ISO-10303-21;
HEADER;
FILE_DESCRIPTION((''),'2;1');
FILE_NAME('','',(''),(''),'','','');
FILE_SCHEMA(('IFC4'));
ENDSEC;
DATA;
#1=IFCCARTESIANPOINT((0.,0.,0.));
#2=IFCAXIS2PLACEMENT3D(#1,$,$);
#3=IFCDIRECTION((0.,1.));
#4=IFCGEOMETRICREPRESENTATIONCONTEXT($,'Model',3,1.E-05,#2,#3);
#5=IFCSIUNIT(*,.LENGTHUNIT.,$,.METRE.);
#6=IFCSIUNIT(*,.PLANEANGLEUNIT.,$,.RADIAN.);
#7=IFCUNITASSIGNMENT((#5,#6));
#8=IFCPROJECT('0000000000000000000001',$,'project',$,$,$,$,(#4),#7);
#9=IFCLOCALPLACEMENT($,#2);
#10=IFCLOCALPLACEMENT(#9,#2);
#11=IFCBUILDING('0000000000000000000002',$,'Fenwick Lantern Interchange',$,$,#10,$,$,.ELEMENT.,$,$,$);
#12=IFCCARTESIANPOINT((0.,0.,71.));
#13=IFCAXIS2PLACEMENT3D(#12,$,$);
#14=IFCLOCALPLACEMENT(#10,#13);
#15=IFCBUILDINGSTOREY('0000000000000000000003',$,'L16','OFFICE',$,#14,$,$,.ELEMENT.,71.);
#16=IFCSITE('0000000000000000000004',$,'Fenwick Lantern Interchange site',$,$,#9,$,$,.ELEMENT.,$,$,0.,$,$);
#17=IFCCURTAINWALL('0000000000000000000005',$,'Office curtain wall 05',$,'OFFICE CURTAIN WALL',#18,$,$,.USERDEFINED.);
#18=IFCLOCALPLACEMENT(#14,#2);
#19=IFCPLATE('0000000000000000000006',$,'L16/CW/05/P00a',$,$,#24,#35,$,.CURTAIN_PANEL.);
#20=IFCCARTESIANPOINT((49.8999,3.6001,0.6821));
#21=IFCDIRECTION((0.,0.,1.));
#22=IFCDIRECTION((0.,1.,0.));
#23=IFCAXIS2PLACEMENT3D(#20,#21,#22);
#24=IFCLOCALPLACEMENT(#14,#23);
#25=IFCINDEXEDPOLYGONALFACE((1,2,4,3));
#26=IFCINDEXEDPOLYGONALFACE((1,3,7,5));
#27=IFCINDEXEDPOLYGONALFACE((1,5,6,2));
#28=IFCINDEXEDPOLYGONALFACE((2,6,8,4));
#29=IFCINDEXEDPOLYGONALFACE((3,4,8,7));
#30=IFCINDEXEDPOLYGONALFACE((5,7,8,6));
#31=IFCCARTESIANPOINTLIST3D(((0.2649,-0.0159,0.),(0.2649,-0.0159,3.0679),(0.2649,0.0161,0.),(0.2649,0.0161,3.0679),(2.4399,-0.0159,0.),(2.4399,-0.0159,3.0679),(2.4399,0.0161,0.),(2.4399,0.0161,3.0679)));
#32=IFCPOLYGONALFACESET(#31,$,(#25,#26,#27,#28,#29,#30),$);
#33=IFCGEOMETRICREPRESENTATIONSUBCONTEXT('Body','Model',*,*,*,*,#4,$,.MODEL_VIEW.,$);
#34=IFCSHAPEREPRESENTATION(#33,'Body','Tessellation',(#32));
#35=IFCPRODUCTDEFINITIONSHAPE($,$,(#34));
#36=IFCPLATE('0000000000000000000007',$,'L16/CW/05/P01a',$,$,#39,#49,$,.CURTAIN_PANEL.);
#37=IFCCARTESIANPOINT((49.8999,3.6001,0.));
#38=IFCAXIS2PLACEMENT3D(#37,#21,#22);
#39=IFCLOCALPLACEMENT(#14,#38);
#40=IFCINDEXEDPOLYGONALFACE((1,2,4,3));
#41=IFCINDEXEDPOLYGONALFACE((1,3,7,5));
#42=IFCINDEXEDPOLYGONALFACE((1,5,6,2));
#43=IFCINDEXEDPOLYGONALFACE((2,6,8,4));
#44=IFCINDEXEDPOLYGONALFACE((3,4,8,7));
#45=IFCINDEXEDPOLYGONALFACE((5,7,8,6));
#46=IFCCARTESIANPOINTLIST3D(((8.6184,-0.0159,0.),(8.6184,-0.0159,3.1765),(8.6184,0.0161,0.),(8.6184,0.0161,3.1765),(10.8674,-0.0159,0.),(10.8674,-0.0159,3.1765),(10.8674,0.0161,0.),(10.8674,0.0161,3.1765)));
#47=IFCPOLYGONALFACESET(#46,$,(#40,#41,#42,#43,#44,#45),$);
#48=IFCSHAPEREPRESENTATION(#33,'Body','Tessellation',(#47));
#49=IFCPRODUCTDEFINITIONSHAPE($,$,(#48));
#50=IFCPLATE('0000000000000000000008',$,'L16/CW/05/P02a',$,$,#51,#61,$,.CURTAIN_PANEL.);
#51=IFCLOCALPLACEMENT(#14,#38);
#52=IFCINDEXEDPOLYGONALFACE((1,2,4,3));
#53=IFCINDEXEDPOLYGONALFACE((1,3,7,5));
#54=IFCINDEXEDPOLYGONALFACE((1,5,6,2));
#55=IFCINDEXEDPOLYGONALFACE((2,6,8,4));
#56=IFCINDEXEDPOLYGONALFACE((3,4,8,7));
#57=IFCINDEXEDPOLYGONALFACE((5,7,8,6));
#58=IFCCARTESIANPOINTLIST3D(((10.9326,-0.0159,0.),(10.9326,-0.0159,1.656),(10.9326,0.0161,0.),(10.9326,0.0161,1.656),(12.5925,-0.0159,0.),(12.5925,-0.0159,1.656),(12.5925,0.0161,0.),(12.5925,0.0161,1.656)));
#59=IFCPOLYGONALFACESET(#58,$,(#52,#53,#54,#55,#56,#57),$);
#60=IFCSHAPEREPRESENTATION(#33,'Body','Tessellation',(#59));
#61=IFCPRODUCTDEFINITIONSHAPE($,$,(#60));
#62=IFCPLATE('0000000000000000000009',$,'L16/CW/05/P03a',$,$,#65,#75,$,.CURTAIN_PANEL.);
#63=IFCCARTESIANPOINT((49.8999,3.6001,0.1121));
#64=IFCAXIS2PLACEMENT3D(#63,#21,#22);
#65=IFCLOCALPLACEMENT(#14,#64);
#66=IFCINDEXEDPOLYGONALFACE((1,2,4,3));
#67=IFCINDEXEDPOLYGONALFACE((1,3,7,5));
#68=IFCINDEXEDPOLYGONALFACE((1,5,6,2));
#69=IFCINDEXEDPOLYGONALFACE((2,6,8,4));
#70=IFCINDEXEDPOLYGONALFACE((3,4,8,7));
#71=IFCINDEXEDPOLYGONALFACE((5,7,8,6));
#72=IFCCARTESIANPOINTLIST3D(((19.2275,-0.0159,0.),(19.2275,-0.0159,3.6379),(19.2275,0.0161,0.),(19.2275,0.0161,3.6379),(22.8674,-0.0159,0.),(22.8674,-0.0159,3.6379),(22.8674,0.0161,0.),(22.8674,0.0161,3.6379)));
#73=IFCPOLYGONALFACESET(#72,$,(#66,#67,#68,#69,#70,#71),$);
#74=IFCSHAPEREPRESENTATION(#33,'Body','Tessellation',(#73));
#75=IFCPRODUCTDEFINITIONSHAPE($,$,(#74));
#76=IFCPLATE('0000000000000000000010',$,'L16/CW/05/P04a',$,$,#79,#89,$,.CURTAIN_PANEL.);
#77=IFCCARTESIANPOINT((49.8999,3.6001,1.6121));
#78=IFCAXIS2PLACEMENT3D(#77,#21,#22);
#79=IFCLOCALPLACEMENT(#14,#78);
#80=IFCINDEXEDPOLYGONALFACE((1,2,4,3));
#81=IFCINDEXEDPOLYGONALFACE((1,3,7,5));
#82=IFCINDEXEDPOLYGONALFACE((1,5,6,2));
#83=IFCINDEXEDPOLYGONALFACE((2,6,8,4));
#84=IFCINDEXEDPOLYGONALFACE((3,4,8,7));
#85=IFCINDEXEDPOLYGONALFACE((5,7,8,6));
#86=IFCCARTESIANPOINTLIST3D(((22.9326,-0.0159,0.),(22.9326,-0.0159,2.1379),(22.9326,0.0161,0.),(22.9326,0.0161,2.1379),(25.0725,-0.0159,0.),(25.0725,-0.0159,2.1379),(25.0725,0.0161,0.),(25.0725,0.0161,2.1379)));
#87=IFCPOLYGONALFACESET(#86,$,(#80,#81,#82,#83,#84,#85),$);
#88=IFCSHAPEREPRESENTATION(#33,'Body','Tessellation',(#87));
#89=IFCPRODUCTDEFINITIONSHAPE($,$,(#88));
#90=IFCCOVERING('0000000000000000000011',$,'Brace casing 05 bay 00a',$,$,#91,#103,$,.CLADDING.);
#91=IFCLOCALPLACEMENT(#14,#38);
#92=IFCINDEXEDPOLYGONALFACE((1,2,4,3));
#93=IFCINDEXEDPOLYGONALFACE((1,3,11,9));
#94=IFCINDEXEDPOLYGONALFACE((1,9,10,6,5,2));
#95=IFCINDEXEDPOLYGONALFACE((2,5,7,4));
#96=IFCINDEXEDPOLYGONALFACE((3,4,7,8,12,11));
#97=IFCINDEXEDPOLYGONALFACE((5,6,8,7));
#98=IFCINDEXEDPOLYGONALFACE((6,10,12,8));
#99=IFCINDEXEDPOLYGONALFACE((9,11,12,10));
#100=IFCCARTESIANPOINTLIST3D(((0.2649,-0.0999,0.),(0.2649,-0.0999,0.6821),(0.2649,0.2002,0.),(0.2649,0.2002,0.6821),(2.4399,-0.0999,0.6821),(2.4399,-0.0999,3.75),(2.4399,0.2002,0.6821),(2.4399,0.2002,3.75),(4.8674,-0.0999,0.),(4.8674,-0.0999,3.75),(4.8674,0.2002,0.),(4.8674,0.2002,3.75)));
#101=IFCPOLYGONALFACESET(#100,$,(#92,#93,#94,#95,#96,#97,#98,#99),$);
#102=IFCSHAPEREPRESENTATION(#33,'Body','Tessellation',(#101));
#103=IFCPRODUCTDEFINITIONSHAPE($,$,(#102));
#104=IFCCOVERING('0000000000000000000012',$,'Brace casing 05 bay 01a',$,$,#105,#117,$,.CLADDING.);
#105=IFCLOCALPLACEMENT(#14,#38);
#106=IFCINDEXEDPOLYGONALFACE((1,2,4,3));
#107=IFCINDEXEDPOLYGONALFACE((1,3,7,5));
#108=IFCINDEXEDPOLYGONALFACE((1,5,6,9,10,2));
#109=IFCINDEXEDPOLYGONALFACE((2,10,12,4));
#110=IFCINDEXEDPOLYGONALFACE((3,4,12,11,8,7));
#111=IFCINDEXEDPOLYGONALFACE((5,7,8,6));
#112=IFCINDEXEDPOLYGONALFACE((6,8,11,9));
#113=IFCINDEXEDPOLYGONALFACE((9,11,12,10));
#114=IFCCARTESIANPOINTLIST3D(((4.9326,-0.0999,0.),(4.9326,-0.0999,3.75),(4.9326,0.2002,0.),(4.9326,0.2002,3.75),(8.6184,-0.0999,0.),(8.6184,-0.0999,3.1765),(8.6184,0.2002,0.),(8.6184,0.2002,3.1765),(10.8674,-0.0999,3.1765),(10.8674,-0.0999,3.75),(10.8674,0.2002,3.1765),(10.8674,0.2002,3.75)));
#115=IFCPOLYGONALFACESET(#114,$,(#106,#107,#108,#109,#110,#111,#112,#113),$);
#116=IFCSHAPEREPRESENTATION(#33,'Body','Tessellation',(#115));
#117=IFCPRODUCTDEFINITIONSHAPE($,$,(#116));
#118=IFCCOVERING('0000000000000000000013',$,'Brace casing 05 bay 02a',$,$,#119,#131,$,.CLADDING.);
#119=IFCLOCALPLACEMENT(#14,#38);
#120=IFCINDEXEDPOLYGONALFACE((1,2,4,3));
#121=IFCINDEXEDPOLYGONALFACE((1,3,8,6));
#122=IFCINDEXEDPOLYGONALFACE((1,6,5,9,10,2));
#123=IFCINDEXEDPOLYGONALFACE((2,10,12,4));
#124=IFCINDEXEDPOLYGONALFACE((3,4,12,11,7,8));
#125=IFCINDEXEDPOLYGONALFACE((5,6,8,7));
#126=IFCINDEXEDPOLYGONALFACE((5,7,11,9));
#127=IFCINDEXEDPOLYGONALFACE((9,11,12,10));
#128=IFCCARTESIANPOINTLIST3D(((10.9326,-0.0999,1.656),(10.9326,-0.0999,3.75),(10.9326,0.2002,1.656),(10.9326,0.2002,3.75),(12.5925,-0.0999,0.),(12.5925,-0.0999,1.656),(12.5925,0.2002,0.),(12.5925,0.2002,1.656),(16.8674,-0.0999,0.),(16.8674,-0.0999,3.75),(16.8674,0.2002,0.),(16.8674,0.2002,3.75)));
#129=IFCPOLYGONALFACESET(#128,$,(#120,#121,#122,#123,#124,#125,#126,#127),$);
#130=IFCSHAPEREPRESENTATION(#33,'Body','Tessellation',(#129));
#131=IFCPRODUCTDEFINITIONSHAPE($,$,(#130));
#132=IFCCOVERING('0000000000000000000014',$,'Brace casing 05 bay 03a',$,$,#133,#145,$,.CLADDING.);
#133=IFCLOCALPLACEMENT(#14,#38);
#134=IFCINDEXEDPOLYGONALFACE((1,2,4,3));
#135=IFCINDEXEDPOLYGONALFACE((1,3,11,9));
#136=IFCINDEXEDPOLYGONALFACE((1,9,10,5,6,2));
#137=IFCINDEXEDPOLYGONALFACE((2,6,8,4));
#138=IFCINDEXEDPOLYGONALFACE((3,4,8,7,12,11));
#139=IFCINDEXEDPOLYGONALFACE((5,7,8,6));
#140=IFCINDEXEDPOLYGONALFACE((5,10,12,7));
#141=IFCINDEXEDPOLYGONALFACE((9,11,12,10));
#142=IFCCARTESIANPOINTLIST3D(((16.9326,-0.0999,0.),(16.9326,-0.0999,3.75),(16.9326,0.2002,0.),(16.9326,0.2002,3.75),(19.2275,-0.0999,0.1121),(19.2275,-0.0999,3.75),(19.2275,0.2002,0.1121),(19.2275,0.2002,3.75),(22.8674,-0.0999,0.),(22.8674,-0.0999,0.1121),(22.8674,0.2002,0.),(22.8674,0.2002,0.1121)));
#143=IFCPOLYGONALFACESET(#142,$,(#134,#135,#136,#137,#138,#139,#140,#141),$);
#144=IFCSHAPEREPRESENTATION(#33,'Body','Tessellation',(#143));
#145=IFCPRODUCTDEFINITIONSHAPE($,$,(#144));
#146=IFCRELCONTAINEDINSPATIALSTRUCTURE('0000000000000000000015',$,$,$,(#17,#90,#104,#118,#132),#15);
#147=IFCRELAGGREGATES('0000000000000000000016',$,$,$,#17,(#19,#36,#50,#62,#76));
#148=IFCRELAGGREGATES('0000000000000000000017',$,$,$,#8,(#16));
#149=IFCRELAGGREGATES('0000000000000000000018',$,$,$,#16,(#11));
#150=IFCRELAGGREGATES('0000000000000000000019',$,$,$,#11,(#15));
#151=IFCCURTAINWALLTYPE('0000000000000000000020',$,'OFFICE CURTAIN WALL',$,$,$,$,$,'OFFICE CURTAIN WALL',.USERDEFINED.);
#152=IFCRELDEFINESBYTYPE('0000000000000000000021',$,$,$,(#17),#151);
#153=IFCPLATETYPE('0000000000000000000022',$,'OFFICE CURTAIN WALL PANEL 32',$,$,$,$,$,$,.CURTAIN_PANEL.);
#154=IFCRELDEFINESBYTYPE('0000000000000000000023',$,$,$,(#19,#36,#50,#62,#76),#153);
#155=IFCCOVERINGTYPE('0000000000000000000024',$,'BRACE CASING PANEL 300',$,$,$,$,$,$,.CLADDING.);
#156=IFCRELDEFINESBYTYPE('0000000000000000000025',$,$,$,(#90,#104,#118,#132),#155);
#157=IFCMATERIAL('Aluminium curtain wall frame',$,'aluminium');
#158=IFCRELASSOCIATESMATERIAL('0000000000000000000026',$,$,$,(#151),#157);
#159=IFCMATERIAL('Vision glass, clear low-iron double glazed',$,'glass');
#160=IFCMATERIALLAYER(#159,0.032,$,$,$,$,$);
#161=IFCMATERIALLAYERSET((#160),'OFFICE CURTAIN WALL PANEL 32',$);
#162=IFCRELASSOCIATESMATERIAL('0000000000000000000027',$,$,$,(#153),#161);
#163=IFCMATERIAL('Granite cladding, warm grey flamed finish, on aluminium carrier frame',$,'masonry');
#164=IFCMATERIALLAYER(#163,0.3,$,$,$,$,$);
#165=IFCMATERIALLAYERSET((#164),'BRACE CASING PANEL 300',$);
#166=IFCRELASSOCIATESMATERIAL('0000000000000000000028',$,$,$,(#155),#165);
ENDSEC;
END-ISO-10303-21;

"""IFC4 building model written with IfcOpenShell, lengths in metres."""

from ifc_helpers import new_model, si_unit, direction, frame, origin, place, context, subcontext, project, spatial, polyline, outline, extrude, material, layer, layer_set, type_object, element, aggregate, save


model = new_model("IFC4")

# Units and contexts
model_context = context("Model", 3, precision=1e-05, world=origin(), true_north=direction((0.0, 1.0)))
body_context = subcontext(model_context, "Body", "Model", "MODEL_VIEW")
ifc_project = project(units=[si_unit("LENGTHUNIT", "METRE"), si_unit("PLANEANGLEUNIT", "RADIAN")], contexts=[model_context])

# Site, building, storey
site_placement = place(None, origin())
site = spatial("IfcSite", under=ifc_project, at=site_placement, Name="Fenwick Lantern Interchange site", CompositionType="ELEMENT", RefElevation=0.0)
building_placement = place(site_placement, origin())
building = spatial("IfcBuilding", under=site, at=building_placement, Name="Fenwick Lantern Interchange", CompositionType="ELEMENT")
storey_placement = place(building_placement, frame((0.0, 0.0, 71.0)))
storey = spatial("IfcBuildingStorey", under=building, at=storey_placement, Name="L16", Description="OFFICE", CompositionType="ELEMENT", Elevation=71.0)

# Shared definitions
ifc_material_1 = material(Name="Aluminium curtain wall frame", Category="aluminium")
curtain_wall_type = type_object("IfcCurtainWallType", Name="OFFICE CURTAIN WALL", ElementType="OFFICE CURTAIN WALL", PredefinedType="USERDEFINED", material=ifc_material_1)

# Shared definitions
ifc_material_2 = material(Name="Vision glass, clear low-iron double glazed", Category="glass")
ifc_layer_1 = layer(ifc_material_2, 0.032)
ifc_layer_set_1 = layer_set([ifc_layer_1], Name="OFFICE CURTAIN WALL PANEL 32")
plate_type = type_object("IfcPlateType", Name="OFFICE CURTAIN WALL PANEL 32", PredefinedType="CURTAIN_PANEL", material=ifc_layer_set_1)

# Curtain wall, plates
curtain_wall_1_placement = place(storey_placement, origin())
curtain_wall_1 = element("IfcCurtainWall", 1, at=curtain_wall_1_placement, inside=storey, type_object=curtain_wall_type, Name="Office curtain wall 05", ObjectType="OFFICE CURTAIN WALL", PredefinedType="USERDEFINED")
plate_1_placement = place(storey_placement, frame((49.8999, 3.6001, 0.6821), z_axis=(0.0, 0.0, 1.0), x_axis=(0.0, 1.0, 0.0)))
plate_1 = element("IfcPlate", 2, at=plate_1_placement, type_object=plate_type, Name="L16/CW/05/P00a", PredefinedType="CURTAIN_PANEL", context=body_context, shape_type="SweptSolid", body=[
    extrude(outline(polyline([(0.2649, 0.0), (2.4399, 0.0), (2.4399, 3.0679), (0.2649, 3.0679), (0.2649, 0.0)])), frame((0.0, 0.0161, 0.0), z_axis=(0.0, -1.0, 0.0), x_axis=(1.0, 0.0, 0.0)), (0.0, 0.0, 1.0), 0.032),
])
plate_2_placement = place(storey_placement, frame((49.8999, 3.6001, 0.0), z_axis=(0.0, 0.0, 1.0), x_axis=(0.0, 1.0, 0.0)))
plate_2 = element("IfcPlate", 3, at=plate_2_placement, type_object=plate_type, Name="L16/CW/05/P01a", PredefinedType="CURTAIN_PANEL", context=body_context, shape_type="SweptSolid", body=[
    extrude(outline(polyline([(8.6184, 0.0), (10.8674, 0.0), (10.8674, 3.1765), (8.6184, 3.1765), (8.6184, 0.0)])), frame((0.0, 0.0161, 0.0), z_axis=(0.0, -1.0, 0.0), x_axis=(1.0, 0.0, 0.0)), (0.0, 0.0, 1.0), 0.032),
])
plate_3_placement = place(storey_placement, frame((49.8999, 3.6001, 0.0), z_axis=(0.0, 0.0, 1.0), x_axis=(0.0, 1.0, 0.0)))
plate_3 = element("IfcPlate", 4, at=plate_3_placement, type_object=plate_type, Name="L16/CW/05/P02a", PredefinedType="CURTAIN_PANEL", context=body_context, shape_type="SweptSolid", body=[
    extrude(outline(polyline([(10.9326, 0.0), (12.5925, 0.0), (12.5925, 1.656), (10.9326, 1.656), (10.9326, 0.0)])), frame((0.0, 0.0161, 0.0), z_axis=(0.0, -1.0, 0.0), x_axis=(1.0, 0.0, 0.0)), (0.0, 0.0, 1.0), 0.032),
])
plate_4_placement = place(storey_placement, frame((49.8999, 3.6001, 0.1121), z_axis=(0.0, 0.0, 1.0), x_axis=(0.0, 1.0, 0.0)))
plate_4 = element("IfcPlate", 5, at=plate_4_placement, type_object=plate_type, Name="L16/CW/05/P03a", PredefinedType="CURTAIN_PANEL", context=body_context, shape_type="SweptSolid", body=[
    extrude(outline(polyline([(19.2275, 0.0), (22.8674, 0.0), (22.8674, 3.6379), (19.2275, 3.6379), (19.2275, 0.0)])), frame((0.0, 0.0161, 0.0), z_axis=(0.0, -1.0, 0.0), x_axis=(1.0, 0.0, 0.0)), (0.0, 0.0, 1.0), 0.032),
])
plate_5_placement = place(storey_placement, frame((49.8999, 3.6001, 1.6121), z_axis=(0.0, 0.0, 1.0), x_axis=(0.0, 1.0, 0.0)))
plate_5 = element("IfcPlate", 6, at=plate_5_placement, type_object=plate_type, Name="L16/CW/05/P04a", PredefinedType="CURTAIN_PANEL", context=body_context, shape_type="SweptSolid", body=[
    extrude(outline(polyline([(22.9326, 0.0), (25.0725, 0.0), (25.0725, 2.1379), (22.9326, 2.1379), (22.9326, 0.0)])), frame((0.0, 0.0161, 0.0), z_axis=(0.0, -1.0, 0.0), x_axis=(1.0, 0.0, 0.0)), (0.0, 0.0, 1.0), 0.032),
])
aggregate(curtain_wall_1, [plate_1, plate_2, plate_3, plate_4, plate_5])

# Coverings
ifc_material_3 = material(Name="Granite cladding, warm grey flamed finish, on aluminium carrier frame", Category="masonry")
ifc_layer_2 = layer(ifc_material_3, 0.3)
ifc_layer_set_2 = layer_set([ifc_layer_2], Name="BRACE CASING PANEL 300")
covering_type = type_object("IfcCoveringType", Name="BRACE CASING PANEL 300", PredefinedType="CLADDING", material=ifc_layer_set_2)
covering_1_placement = place(storey_placement, frame((49.8999, 3.6001, 0.0), z_axis=(0.0, 0.0, 1.0), x_axis=(0.0, 1.0, 0.0)))
element("IfcCovering", 7, at=covering_1_placement, inside=storey, type_object=covering_type, Name="Brace casing 05 bay 00a", PredefinedType="CLADDING", context=body_context, shape_type="SweptSolid", body=[
    extrude(outline(polyline([(0.2649, 0.0), (4.8674, 0.0), (4.8674, 3.75), (2.4399, 3.75), (2.4399, 0.6821), (0.2649, 0.6821), (0.2649, 0.0)])), frame((0.0, 0.2002, 0.0), z_axis=(0.0, -1.0, 0.0), x_axis=(1.0, 0.0, 0.0)), (0.0, 0.0, 1.0), 0.3),
])
covering_2_placement = place(storey_placement, frame((49.8999, 3.6001, 0.0), z_axis=(0.0, 0.0, 1.0), x_axis=(0.0, 1.0, 0.0)))
element("IfcCovering", 8, at=covering_2_placement, inside=storey, type_object=covering_type, Name="Brace casing 05 bay 01a", PredefinedType="CLADDING", context=body_context, shape_type="SweptSolid", body=[
    extrude(outline(polyline([(4.9326, 0.0), (8.6184, 0.0), (8.6184, 3.1765), (10.8674, 3.1765), (10.8674, 3.75), (4.9326, 3.75), (4.9326, 0.0)])), frame((0.0, 0.2002, 0.0), z_axis=(0.0, -1.0, 0.0), x_axis=(1.0, 0.0, 0.0)), (0.0, 0.0, 1.0), 0.3),
])
covering_3_placement = place(storey_placement, frame((49.8999, 3.6001, 0.0), z_axis=(0.0, 0.0, 1.0), x_axis=(0.0, 1.0, 0.0)))
element("IfcCovering", 9, at=covering_3_placement, inside=storey, type_object=covering_type, Name="Brace casing 05 bay 02a", PredefinedType="CLADDING", context=body_context, shape_type="SweptSolid", body=[
    extrude(outline(polyline([(12.5925, 0.0), (16.8674, 0.0), (16.8674, 3.75), (10.9326, 3.75), (10.9326, 1.656), (12.5925, 1.656), (12.5925, 0.0)])), frame((0.0, 0.2002, 0.0), z_axis=(0.0, -1.0, 0.0), x_axis=(1.0, 0.0, 0.0)), (0.0, 0.0, 1.0), 0.3),
])
covering_4_placement = place(storey_placement, frame((49.8999, 3.6001, 0.0), z_axis=(0.0, 0.0, 1.0), x_axis=(0.0, 1.0, 0.0)))
element("IfcCovering", 10, at=covering_4_placement, inside=storey, type_object=covering_type, Name="Brace casing 05 bay 03a", PredefinedType="CLADDING", context=body_context, shape_type="SweptSolid", body=[
    extrude(outline(polyline([(16.9326, 0.0), (22.8674, 0.0), (22.8674, 0.1121), (19.2275, 0.1121), (19.2275, 3.75), (16.9326, 3.75), (16.9326, 0.0)])), frame((0.0, 0.2002, 0.0), z_axis=(0.0, -1.0, 0.0), x_axis=(1.0, 0.0, 0.0)), (0.0, 0.0, 1.0), 0.3),
])

save(model, "model.ifc")
